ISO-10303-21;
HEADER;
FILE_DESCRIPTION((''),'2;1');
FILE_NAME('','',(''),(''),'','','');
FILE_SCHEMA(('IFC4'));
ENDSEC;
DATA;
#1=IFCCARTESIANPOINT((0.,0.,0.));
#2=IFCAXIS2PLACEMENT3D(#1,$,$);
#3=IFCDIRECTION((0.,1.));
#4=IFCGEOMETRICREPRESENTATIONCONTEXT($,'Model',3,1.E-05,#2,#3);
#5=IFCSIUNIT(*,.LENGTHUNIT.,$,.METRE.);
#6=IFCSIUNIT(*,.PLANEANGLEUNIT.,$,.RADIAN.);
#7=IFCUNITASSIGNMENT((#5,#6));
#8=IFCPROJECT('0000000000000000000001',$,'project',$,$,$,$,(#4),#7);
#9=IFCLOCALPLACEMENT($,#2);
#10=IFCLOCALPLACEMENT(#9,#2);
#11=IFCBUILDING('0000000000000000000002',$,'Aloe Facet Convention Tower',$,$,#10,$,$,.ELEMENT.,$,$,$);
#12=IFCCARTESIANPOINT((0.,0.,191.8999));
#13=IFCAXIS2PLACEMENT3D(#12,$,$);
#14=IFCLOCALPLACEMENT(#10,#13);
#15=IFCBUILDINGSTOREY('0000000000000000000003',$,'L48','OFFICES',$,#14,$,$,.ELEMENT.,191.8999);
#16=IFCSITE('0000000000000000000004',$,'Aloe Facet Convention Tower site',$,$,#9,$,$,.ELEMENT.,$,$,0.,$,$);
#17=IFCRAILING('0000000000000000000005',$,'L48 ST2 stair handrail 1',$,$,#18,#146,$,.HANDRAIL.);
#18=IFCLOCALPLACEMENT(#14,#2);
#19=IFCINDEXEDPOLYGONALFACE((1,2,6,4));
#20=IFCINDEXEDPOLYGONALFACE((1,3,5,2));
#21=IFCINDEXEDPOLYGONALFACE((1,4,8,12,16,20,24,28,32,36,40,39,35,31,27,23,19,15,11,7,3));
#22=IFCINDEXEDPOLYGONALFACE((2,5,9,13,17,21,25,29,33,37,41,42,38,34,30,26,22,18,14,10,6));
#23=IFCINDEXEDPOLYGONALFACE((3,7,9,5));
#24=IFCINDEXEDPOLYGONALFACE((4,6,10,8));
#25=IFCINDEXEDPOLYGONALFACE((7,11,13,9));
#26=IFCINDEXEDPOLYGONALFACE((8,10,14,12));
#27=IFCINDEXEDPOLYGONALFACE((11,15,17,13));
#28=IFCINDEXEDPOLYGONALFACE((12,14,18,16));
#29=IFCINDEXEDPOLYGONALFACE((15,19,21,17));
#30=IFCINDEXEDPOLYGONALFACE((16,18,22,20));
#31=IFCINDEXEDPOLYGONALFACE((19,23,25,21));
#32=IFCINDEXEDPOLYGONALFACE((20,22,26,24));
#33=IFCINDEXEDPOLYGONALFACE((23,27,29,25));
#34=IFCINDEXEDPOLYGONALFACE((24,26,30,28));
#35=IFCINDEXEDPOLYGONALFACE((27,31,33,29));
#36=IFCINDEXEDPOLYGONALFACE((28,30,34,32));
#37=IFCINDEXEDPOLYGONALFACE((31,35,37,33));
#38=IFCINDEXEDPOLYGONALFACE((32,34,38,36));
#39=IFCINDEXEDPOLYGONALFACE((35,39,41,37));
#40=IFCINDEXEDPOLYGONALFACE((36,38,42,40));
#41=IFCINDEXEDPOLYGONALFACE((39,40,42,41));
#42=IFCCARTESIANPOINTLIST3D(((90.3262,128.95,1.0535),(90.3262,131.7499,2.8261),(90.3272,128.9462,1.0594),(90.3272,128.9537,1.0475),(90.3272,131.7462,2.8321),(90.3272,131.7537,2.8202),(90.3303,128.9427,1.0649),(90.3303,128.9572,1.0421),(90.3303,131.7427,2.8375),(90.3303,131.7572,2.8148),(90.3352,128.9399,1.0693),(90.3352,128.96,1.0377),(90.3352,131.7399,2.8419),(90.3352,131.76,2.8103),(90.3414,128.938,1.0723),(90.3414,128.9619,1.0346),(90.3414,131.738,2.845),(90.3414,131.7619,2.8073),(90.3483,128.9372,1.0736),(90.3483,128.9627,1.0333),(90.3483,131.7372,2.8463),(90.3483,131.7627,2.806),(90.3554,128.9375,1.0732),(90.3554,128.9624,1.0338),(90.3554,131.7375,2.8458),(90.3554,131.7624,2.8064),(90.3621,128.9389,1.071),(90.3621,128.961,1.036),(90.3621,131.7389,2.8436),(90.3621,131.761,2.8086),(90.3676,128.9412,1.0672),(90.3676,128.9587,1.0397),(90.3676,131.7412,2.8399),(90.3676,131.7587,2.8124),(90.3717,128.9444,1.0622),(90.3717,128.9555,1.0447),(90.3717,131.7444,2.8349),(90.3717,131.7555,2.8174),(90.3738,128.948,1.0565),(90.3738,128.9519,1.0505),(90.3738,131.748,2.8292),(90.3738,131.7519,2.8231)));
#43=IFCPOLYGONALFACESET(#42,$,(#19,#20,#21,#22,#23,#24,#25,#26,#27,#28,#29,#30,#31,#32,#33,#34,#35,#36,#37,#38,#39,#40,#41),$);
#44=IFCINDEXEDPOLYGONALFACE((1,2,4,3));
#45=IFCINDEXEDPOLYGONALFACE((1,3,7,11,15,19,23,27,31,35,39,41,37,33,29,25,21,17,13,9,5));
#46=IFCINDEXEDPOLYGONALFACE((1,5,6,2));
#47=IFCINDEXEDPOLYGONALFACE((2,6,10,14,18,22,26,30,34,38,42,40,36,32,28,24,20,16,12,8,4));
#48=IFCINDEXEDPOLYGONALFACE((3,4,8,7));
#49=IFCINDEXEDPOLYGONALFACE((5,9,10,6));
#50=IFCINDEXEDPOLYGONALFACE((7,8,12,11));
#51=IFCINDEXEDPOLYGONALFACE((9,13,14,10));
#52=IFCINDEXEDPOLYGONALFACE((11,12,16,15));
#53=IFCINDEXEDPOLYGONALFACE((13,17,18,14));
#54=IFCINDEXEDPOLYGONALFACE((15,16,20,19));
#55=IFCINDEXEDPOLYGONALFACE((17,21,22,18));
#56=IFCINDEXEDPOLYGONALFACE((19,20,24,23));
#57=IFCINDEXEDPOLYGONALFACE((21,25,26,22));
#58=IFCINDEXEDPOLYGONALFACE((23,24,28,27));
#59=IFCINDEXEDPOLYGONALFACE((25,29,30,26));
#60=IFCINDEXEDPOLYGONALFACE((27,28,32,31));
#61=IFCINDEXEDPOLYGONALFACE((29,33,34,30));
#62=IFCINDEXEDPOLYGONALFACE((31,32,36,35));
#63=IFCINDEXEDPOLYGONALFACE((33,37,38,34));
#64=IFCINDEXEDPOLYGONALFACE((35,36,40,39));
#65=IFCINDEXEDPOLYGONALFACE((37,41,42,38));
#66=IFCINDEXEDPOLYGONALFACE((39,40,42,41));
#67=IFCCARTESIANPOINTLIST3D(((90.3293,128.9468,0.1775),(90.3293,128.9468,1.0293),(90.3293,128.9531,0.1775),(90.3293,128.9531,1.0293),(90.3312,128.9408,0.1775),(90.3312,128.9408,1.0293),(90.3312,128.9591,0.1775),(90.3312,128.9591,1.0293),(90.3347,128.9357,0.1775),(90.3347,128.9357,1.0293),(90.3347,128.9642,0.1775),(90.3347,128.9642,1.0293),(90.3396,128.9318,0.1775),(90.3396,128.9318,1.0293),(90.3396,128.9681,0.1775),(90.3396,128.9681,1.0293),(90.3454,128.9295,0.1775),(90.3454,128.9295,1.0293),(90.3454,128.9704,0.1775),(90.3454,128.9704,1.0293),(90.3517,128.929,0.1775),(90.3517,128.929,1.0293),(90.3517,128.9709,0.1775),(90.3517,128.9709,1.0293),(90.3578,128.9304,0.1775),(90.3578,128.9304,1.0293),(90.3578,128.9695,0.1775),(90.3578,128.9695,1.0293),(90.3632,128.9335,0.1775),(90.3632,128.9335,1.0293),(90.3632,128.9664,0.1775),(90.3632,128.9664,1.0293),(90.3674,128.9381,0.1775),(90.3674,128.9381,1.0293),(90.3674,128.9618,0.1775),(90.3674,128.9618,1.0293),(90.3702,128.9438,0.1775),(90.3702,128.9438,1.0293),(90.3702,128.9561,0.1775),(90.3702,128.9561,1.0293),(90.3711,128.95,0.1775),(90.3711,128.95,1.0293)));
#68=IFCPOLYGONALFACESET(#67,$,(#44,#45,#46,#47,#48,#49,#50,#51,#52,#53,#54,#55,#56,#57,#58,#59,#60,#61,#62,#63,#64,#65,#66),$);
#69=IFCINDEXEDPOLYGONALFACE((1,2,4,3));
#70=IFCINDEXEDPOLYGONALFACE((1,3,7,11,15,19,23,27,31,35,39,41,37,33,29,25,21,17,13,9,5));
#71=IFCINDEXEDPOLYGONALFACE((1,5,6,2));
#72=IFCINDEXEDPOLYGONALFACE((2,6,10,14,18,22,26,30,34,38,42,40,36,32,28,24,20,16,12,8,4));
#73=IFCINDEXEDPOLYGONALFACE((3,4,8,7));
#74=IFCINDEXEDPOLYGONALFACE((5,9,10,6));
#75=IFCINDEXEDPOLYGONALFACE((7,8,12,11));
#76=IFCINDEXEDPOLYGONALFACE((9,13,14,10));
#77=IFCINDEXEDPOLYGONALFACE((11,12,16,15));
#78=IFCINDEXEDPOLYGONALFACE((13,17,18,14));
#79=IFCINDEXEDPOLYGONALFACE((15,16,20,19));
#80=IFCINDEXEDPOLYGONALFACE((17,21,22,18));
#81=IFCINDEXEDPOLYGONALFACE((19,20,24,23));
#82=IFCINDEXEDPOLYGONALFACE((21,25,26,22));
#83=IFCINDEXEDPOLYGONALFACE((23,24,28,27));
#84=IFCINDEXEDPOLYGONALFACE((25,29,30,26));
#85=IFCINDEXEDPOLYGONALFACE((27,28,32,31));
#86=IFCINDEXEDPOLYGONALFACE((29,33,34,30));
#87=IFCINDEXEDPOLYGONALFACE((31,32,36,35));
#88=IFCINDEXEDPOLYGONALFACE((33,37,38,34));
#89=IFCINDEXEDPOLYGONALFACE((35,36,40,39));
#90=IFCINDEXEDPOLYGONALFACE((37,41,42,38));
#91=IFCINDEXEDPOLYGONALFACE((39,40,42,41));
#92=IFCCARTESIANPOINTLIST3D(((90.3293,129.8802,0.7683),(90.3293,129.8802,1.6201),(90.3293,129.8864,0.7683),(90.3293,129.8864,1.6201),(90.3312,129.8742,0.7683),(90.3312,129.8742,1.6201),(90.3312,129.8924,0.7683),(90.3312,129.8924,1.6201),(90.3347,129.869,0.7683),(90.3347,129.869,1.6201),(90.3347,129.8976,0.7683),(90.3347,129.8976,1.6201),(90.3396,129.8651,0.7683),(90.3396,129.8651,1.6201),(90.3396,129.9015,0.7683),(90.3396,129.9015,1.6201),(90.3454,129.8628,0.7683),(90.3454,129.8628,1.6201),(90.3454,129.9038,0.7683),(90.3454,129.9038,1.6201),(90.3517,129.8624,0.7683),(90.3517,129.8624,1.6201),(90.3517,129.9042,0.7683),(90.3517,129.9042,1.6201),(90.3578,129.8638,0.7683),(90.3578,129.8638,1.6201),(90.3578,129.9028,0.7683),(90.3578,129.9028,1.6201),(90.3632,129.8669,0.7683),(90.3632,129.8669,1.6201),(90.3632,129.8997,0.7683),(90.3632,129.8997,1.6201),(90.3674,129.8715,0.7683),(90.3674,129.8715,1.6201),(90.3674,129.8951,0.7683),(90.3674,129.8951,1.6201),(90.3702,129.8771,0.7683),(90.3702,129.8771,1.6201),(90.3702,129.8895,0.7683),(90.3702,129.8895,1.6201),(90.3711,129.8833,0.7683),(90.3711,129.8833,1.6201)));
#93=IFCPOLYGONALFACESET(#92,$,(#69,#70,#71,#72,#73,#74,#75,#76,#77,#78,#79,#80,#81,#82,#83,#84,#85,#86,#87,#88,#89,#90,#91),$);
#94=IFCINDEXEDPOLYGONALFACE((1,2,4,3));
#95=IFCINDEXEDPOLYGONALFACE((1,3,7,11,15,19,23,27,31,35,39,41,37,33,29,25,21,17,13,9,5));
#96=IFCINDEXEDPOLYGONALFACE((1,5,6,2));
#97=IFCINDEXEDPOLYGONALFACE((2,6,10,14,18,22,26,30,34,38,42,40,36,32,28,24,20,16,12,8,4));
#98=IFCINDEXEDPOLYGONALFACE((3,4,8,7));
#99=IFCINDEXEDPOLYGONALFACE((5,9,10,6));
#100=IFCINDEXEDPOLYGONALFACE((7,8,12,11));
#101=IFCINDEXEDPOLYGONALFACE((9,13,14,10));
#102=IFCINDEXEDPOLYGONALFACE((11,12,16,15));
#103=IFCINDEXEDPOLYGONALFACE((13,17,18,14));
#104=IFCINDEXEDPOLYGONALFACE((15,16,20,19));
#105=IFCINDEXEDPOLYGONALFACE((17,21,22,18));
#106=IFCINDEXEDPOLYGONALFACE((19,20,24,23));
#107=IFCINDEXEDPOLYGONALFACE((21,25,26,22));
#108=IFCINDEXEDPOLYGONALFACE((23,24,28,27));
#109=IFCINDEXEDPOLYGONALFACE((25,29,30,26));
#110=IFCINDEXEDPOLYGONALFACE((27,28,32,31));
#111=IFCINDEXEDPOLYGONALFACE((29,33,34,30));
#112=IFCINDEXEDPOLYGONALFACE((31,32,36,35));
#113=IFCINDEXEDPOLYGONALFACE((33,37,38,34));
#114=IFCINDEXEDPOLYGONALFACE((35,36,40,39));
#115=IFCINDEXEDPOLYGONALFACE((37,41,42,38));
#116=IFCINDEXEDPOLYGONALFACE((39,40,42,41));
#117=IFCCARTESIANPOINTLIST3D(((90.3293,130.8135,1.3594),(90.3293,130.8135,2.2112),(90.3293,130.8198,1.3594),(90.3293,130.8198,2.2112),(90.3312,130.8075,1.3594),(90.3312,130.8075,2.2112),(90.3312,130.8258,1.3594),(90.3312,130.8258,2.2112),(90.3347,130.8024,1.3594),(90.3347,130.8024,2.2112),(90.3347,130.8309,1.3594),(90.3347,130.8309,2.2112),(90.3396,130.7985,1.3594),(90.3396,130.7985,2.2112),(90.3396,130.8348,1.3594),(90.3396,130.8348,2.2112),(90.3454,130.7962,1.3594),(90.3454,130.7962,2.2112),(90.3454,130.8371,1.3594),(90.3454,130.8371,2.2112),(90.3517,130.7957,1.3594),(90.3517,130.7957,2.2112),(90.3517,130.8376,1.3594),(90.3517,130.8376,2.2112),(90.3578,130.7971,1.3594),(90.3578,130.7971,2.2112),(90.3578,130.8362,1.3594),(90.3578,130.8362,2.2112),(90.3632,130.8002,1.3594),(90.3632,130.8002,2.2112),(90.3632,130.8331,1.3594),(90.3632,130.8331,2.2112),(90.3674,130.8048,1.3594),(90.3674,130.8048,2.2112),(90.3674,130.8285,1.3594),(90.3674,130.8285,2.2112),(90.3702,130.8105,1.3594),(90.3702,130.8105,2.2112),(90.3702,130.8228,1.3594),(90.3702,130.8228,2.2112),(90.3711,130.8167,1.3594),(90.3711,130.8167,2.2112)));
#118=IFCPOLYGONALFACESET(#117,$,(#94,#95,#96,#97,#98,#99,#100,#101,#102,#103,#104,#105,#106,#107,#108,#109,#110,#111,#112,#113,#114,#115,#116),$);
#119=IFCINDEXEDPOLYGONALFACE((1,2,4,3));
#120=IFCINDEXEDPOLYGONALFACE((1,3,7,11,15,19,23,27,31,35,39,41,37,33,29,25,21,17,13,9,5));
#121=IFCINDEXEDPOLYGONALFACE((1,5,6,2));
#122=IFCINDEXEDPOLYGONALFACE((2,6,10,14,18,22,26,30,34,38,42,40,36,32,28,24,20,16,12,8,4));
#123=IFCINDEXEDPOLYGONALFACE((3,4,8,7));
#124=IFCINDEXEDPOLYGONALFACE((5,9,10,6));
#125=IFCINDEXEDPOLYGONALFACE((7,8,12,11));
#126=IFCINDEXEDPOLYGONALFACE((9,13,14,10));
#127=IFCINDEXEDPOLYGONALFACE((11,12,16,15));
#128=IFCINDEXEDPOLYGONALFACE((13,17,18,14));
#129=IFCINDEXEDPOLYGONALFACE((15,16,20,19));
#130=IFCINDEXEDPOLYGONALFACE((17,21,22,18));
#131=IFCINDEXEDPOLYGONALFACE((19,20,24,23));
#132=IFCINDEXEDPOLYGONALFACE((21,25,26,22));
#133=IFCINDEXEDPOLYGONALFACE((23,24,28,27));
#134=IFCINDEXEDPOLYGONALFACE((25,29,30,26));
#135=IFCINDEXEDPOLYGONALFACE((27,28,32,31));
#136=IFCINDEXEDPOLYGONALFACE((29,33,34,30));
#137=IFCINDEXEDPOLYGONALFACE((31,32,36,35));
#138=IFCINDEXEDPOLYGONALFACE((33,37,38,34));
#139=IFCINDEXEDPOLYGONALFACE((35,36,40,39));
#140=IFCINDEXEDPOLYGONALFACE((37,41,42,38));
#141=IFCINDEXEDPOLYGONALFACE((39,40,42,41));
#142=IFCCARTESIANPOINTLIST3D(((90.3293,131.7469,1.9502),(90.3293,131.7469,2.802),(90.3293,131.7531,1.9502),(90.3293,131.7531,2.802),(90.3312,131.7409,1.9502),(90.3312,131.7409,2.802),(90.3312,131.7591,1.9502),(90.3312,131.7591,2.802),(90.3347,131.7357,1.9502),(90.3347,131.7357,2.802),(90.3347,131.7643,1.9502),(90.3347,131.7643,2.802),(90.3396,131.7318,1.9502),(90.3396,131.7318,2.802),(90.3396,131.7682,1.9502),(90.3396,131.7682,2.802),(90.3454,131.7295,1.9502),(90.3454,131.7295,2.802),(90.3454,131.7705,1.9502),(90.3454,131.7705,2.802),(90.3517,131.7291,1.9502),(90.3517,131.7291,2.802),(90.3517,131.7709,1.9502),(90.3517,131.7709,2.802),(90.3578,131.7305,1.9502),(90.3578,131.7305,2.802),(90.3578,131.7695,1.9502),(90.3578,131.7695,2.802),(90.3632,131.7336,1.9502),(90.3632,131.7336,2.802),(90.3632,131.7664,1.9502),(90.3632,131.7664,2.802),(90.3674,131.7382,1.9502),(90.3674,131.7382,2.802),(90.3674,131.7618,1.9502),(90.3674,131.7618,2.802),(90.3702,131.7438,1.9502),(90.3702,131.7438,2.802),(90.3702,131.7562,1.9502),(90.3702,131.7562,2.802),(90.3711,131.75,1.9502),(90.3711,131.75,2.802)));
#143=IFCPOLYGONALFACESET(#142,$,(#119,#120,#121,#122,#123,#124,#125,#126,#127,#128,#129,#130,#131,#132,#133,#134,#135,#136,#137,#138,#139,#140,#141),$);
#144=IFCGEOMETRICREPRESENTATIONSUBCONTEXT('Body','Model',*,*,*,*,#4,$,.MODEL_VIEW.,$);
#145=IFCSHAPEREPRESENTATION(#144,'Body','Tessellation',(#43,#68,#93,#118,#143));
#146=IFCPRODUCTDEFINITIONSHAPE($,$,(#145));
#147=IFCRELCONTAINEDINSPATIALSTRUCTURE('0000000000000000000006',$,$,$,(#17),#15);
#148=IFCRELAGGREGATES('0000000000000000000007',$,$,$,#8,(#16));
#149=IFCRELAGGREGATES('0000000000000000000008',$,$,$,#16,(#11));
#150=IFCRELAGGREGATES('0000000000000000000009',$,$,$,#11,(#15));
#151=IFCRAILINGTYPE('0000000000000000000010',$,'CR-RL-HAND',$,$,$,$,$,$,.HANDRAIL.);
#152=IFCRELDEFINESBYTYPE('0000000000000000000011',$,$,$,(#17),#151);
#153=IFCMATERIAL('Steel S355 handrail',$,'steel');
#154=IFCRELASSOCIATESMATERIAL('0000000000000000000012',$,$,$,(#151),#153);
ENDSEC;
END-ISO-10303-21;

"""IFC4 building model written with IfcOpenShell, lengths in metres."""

from ifc_helpers import new_model, si_unit, direction, frame, origin, origin_2d, place, context, subcontext, project, spatial, circle, extrude, material, type_object, element, save


model = new_model("IFC4")

# Units and contexts
model_context = context("Model", 3, precision=1e-05, world=origin(), true_north=direction((0.0, 1.0)))
body_context = subcontext(model_context, "Body", "Model", "MODEL_VIEW")
ifc_project = project(units=[si_unit("LENGTHUNIT", "METRE"), si_unit("PLANEANGLEUNIT", "RADIAN")], contexts=[model_context])

# Site, building, storey
site_placement = place(None, origin())
site = spatial("IfcSite", under=ifc_project, at=site_placement, Name="Aloe Facet Convention Tower site", CompositionType="ELEMENT", RefElevation=0.0)
building_placement = place(site_placement, origin())
building = spatial("IfcBuilding", under=site, at=building_placement, Name="Aloe Facet Convention Tower", CompositionType="ELEMENT")
storey_placement = place(building_placement, frame((0.0, 0.0, 191.8999)))
storey = spatial("IfcBuildingStorey", under=building, at=storey_placement, Name="L48", Description="OFFICES", CompositionType="ELEMENT", Elevation=191.8999)

# Railing
ifc_material_1 = material(Name="Steel S355 handrail", Category="steel")
railing_type_1 = type_object("IfcRailingType", Name="CR-RL-HAND", PredefinedType="HANDRAIL", material=ifc_material_1)
railing_1_placement = place(storey_placement, frame((90.3501, 128.95, 0.1775)))
element("IfcRailing", 1, at=railing_1_placement, inside=storey, type_object=railing_type_1, Name="L48 ST2 stair handrail 1", PredefinedType="HANDRAIL", context=body_context, shape_type="SweptSolid", body=[
    extrude(circle(Radius=0.0239, at=origin_2d()), frame((0.0, 0.0, 0.876), z_axis=(0.0, 0.844909, 0.53491), x_axis=(-1.0, 0.0, 0.0)), (0.0, 0.0, 1.0), 3.314),
    extrude(circle(Radius=0.021, at=origin_2d()), origin(), (0.0, 0.0, 1.0), 0.8518),
    extrude(circle(Radius=0.021, at=origin_2d()), frame((0.0, 0.9333, 0.5908)), (0.0, 0.0, 1.0), 0.8518),
    extrude(circle(Radius=0.021, at=origin_2d()), frame((0.0, 1.8667, 1.1819)), (0.0, 0.0, 1.0), 0.8518),
    extrude(circle(Radius=0.021, at=origin_2d()), frame((0.0, 2.8, 1.7727)), (0.0, 0.0, 1.0), 0.8518),
])

save(model, "model.ifc")
